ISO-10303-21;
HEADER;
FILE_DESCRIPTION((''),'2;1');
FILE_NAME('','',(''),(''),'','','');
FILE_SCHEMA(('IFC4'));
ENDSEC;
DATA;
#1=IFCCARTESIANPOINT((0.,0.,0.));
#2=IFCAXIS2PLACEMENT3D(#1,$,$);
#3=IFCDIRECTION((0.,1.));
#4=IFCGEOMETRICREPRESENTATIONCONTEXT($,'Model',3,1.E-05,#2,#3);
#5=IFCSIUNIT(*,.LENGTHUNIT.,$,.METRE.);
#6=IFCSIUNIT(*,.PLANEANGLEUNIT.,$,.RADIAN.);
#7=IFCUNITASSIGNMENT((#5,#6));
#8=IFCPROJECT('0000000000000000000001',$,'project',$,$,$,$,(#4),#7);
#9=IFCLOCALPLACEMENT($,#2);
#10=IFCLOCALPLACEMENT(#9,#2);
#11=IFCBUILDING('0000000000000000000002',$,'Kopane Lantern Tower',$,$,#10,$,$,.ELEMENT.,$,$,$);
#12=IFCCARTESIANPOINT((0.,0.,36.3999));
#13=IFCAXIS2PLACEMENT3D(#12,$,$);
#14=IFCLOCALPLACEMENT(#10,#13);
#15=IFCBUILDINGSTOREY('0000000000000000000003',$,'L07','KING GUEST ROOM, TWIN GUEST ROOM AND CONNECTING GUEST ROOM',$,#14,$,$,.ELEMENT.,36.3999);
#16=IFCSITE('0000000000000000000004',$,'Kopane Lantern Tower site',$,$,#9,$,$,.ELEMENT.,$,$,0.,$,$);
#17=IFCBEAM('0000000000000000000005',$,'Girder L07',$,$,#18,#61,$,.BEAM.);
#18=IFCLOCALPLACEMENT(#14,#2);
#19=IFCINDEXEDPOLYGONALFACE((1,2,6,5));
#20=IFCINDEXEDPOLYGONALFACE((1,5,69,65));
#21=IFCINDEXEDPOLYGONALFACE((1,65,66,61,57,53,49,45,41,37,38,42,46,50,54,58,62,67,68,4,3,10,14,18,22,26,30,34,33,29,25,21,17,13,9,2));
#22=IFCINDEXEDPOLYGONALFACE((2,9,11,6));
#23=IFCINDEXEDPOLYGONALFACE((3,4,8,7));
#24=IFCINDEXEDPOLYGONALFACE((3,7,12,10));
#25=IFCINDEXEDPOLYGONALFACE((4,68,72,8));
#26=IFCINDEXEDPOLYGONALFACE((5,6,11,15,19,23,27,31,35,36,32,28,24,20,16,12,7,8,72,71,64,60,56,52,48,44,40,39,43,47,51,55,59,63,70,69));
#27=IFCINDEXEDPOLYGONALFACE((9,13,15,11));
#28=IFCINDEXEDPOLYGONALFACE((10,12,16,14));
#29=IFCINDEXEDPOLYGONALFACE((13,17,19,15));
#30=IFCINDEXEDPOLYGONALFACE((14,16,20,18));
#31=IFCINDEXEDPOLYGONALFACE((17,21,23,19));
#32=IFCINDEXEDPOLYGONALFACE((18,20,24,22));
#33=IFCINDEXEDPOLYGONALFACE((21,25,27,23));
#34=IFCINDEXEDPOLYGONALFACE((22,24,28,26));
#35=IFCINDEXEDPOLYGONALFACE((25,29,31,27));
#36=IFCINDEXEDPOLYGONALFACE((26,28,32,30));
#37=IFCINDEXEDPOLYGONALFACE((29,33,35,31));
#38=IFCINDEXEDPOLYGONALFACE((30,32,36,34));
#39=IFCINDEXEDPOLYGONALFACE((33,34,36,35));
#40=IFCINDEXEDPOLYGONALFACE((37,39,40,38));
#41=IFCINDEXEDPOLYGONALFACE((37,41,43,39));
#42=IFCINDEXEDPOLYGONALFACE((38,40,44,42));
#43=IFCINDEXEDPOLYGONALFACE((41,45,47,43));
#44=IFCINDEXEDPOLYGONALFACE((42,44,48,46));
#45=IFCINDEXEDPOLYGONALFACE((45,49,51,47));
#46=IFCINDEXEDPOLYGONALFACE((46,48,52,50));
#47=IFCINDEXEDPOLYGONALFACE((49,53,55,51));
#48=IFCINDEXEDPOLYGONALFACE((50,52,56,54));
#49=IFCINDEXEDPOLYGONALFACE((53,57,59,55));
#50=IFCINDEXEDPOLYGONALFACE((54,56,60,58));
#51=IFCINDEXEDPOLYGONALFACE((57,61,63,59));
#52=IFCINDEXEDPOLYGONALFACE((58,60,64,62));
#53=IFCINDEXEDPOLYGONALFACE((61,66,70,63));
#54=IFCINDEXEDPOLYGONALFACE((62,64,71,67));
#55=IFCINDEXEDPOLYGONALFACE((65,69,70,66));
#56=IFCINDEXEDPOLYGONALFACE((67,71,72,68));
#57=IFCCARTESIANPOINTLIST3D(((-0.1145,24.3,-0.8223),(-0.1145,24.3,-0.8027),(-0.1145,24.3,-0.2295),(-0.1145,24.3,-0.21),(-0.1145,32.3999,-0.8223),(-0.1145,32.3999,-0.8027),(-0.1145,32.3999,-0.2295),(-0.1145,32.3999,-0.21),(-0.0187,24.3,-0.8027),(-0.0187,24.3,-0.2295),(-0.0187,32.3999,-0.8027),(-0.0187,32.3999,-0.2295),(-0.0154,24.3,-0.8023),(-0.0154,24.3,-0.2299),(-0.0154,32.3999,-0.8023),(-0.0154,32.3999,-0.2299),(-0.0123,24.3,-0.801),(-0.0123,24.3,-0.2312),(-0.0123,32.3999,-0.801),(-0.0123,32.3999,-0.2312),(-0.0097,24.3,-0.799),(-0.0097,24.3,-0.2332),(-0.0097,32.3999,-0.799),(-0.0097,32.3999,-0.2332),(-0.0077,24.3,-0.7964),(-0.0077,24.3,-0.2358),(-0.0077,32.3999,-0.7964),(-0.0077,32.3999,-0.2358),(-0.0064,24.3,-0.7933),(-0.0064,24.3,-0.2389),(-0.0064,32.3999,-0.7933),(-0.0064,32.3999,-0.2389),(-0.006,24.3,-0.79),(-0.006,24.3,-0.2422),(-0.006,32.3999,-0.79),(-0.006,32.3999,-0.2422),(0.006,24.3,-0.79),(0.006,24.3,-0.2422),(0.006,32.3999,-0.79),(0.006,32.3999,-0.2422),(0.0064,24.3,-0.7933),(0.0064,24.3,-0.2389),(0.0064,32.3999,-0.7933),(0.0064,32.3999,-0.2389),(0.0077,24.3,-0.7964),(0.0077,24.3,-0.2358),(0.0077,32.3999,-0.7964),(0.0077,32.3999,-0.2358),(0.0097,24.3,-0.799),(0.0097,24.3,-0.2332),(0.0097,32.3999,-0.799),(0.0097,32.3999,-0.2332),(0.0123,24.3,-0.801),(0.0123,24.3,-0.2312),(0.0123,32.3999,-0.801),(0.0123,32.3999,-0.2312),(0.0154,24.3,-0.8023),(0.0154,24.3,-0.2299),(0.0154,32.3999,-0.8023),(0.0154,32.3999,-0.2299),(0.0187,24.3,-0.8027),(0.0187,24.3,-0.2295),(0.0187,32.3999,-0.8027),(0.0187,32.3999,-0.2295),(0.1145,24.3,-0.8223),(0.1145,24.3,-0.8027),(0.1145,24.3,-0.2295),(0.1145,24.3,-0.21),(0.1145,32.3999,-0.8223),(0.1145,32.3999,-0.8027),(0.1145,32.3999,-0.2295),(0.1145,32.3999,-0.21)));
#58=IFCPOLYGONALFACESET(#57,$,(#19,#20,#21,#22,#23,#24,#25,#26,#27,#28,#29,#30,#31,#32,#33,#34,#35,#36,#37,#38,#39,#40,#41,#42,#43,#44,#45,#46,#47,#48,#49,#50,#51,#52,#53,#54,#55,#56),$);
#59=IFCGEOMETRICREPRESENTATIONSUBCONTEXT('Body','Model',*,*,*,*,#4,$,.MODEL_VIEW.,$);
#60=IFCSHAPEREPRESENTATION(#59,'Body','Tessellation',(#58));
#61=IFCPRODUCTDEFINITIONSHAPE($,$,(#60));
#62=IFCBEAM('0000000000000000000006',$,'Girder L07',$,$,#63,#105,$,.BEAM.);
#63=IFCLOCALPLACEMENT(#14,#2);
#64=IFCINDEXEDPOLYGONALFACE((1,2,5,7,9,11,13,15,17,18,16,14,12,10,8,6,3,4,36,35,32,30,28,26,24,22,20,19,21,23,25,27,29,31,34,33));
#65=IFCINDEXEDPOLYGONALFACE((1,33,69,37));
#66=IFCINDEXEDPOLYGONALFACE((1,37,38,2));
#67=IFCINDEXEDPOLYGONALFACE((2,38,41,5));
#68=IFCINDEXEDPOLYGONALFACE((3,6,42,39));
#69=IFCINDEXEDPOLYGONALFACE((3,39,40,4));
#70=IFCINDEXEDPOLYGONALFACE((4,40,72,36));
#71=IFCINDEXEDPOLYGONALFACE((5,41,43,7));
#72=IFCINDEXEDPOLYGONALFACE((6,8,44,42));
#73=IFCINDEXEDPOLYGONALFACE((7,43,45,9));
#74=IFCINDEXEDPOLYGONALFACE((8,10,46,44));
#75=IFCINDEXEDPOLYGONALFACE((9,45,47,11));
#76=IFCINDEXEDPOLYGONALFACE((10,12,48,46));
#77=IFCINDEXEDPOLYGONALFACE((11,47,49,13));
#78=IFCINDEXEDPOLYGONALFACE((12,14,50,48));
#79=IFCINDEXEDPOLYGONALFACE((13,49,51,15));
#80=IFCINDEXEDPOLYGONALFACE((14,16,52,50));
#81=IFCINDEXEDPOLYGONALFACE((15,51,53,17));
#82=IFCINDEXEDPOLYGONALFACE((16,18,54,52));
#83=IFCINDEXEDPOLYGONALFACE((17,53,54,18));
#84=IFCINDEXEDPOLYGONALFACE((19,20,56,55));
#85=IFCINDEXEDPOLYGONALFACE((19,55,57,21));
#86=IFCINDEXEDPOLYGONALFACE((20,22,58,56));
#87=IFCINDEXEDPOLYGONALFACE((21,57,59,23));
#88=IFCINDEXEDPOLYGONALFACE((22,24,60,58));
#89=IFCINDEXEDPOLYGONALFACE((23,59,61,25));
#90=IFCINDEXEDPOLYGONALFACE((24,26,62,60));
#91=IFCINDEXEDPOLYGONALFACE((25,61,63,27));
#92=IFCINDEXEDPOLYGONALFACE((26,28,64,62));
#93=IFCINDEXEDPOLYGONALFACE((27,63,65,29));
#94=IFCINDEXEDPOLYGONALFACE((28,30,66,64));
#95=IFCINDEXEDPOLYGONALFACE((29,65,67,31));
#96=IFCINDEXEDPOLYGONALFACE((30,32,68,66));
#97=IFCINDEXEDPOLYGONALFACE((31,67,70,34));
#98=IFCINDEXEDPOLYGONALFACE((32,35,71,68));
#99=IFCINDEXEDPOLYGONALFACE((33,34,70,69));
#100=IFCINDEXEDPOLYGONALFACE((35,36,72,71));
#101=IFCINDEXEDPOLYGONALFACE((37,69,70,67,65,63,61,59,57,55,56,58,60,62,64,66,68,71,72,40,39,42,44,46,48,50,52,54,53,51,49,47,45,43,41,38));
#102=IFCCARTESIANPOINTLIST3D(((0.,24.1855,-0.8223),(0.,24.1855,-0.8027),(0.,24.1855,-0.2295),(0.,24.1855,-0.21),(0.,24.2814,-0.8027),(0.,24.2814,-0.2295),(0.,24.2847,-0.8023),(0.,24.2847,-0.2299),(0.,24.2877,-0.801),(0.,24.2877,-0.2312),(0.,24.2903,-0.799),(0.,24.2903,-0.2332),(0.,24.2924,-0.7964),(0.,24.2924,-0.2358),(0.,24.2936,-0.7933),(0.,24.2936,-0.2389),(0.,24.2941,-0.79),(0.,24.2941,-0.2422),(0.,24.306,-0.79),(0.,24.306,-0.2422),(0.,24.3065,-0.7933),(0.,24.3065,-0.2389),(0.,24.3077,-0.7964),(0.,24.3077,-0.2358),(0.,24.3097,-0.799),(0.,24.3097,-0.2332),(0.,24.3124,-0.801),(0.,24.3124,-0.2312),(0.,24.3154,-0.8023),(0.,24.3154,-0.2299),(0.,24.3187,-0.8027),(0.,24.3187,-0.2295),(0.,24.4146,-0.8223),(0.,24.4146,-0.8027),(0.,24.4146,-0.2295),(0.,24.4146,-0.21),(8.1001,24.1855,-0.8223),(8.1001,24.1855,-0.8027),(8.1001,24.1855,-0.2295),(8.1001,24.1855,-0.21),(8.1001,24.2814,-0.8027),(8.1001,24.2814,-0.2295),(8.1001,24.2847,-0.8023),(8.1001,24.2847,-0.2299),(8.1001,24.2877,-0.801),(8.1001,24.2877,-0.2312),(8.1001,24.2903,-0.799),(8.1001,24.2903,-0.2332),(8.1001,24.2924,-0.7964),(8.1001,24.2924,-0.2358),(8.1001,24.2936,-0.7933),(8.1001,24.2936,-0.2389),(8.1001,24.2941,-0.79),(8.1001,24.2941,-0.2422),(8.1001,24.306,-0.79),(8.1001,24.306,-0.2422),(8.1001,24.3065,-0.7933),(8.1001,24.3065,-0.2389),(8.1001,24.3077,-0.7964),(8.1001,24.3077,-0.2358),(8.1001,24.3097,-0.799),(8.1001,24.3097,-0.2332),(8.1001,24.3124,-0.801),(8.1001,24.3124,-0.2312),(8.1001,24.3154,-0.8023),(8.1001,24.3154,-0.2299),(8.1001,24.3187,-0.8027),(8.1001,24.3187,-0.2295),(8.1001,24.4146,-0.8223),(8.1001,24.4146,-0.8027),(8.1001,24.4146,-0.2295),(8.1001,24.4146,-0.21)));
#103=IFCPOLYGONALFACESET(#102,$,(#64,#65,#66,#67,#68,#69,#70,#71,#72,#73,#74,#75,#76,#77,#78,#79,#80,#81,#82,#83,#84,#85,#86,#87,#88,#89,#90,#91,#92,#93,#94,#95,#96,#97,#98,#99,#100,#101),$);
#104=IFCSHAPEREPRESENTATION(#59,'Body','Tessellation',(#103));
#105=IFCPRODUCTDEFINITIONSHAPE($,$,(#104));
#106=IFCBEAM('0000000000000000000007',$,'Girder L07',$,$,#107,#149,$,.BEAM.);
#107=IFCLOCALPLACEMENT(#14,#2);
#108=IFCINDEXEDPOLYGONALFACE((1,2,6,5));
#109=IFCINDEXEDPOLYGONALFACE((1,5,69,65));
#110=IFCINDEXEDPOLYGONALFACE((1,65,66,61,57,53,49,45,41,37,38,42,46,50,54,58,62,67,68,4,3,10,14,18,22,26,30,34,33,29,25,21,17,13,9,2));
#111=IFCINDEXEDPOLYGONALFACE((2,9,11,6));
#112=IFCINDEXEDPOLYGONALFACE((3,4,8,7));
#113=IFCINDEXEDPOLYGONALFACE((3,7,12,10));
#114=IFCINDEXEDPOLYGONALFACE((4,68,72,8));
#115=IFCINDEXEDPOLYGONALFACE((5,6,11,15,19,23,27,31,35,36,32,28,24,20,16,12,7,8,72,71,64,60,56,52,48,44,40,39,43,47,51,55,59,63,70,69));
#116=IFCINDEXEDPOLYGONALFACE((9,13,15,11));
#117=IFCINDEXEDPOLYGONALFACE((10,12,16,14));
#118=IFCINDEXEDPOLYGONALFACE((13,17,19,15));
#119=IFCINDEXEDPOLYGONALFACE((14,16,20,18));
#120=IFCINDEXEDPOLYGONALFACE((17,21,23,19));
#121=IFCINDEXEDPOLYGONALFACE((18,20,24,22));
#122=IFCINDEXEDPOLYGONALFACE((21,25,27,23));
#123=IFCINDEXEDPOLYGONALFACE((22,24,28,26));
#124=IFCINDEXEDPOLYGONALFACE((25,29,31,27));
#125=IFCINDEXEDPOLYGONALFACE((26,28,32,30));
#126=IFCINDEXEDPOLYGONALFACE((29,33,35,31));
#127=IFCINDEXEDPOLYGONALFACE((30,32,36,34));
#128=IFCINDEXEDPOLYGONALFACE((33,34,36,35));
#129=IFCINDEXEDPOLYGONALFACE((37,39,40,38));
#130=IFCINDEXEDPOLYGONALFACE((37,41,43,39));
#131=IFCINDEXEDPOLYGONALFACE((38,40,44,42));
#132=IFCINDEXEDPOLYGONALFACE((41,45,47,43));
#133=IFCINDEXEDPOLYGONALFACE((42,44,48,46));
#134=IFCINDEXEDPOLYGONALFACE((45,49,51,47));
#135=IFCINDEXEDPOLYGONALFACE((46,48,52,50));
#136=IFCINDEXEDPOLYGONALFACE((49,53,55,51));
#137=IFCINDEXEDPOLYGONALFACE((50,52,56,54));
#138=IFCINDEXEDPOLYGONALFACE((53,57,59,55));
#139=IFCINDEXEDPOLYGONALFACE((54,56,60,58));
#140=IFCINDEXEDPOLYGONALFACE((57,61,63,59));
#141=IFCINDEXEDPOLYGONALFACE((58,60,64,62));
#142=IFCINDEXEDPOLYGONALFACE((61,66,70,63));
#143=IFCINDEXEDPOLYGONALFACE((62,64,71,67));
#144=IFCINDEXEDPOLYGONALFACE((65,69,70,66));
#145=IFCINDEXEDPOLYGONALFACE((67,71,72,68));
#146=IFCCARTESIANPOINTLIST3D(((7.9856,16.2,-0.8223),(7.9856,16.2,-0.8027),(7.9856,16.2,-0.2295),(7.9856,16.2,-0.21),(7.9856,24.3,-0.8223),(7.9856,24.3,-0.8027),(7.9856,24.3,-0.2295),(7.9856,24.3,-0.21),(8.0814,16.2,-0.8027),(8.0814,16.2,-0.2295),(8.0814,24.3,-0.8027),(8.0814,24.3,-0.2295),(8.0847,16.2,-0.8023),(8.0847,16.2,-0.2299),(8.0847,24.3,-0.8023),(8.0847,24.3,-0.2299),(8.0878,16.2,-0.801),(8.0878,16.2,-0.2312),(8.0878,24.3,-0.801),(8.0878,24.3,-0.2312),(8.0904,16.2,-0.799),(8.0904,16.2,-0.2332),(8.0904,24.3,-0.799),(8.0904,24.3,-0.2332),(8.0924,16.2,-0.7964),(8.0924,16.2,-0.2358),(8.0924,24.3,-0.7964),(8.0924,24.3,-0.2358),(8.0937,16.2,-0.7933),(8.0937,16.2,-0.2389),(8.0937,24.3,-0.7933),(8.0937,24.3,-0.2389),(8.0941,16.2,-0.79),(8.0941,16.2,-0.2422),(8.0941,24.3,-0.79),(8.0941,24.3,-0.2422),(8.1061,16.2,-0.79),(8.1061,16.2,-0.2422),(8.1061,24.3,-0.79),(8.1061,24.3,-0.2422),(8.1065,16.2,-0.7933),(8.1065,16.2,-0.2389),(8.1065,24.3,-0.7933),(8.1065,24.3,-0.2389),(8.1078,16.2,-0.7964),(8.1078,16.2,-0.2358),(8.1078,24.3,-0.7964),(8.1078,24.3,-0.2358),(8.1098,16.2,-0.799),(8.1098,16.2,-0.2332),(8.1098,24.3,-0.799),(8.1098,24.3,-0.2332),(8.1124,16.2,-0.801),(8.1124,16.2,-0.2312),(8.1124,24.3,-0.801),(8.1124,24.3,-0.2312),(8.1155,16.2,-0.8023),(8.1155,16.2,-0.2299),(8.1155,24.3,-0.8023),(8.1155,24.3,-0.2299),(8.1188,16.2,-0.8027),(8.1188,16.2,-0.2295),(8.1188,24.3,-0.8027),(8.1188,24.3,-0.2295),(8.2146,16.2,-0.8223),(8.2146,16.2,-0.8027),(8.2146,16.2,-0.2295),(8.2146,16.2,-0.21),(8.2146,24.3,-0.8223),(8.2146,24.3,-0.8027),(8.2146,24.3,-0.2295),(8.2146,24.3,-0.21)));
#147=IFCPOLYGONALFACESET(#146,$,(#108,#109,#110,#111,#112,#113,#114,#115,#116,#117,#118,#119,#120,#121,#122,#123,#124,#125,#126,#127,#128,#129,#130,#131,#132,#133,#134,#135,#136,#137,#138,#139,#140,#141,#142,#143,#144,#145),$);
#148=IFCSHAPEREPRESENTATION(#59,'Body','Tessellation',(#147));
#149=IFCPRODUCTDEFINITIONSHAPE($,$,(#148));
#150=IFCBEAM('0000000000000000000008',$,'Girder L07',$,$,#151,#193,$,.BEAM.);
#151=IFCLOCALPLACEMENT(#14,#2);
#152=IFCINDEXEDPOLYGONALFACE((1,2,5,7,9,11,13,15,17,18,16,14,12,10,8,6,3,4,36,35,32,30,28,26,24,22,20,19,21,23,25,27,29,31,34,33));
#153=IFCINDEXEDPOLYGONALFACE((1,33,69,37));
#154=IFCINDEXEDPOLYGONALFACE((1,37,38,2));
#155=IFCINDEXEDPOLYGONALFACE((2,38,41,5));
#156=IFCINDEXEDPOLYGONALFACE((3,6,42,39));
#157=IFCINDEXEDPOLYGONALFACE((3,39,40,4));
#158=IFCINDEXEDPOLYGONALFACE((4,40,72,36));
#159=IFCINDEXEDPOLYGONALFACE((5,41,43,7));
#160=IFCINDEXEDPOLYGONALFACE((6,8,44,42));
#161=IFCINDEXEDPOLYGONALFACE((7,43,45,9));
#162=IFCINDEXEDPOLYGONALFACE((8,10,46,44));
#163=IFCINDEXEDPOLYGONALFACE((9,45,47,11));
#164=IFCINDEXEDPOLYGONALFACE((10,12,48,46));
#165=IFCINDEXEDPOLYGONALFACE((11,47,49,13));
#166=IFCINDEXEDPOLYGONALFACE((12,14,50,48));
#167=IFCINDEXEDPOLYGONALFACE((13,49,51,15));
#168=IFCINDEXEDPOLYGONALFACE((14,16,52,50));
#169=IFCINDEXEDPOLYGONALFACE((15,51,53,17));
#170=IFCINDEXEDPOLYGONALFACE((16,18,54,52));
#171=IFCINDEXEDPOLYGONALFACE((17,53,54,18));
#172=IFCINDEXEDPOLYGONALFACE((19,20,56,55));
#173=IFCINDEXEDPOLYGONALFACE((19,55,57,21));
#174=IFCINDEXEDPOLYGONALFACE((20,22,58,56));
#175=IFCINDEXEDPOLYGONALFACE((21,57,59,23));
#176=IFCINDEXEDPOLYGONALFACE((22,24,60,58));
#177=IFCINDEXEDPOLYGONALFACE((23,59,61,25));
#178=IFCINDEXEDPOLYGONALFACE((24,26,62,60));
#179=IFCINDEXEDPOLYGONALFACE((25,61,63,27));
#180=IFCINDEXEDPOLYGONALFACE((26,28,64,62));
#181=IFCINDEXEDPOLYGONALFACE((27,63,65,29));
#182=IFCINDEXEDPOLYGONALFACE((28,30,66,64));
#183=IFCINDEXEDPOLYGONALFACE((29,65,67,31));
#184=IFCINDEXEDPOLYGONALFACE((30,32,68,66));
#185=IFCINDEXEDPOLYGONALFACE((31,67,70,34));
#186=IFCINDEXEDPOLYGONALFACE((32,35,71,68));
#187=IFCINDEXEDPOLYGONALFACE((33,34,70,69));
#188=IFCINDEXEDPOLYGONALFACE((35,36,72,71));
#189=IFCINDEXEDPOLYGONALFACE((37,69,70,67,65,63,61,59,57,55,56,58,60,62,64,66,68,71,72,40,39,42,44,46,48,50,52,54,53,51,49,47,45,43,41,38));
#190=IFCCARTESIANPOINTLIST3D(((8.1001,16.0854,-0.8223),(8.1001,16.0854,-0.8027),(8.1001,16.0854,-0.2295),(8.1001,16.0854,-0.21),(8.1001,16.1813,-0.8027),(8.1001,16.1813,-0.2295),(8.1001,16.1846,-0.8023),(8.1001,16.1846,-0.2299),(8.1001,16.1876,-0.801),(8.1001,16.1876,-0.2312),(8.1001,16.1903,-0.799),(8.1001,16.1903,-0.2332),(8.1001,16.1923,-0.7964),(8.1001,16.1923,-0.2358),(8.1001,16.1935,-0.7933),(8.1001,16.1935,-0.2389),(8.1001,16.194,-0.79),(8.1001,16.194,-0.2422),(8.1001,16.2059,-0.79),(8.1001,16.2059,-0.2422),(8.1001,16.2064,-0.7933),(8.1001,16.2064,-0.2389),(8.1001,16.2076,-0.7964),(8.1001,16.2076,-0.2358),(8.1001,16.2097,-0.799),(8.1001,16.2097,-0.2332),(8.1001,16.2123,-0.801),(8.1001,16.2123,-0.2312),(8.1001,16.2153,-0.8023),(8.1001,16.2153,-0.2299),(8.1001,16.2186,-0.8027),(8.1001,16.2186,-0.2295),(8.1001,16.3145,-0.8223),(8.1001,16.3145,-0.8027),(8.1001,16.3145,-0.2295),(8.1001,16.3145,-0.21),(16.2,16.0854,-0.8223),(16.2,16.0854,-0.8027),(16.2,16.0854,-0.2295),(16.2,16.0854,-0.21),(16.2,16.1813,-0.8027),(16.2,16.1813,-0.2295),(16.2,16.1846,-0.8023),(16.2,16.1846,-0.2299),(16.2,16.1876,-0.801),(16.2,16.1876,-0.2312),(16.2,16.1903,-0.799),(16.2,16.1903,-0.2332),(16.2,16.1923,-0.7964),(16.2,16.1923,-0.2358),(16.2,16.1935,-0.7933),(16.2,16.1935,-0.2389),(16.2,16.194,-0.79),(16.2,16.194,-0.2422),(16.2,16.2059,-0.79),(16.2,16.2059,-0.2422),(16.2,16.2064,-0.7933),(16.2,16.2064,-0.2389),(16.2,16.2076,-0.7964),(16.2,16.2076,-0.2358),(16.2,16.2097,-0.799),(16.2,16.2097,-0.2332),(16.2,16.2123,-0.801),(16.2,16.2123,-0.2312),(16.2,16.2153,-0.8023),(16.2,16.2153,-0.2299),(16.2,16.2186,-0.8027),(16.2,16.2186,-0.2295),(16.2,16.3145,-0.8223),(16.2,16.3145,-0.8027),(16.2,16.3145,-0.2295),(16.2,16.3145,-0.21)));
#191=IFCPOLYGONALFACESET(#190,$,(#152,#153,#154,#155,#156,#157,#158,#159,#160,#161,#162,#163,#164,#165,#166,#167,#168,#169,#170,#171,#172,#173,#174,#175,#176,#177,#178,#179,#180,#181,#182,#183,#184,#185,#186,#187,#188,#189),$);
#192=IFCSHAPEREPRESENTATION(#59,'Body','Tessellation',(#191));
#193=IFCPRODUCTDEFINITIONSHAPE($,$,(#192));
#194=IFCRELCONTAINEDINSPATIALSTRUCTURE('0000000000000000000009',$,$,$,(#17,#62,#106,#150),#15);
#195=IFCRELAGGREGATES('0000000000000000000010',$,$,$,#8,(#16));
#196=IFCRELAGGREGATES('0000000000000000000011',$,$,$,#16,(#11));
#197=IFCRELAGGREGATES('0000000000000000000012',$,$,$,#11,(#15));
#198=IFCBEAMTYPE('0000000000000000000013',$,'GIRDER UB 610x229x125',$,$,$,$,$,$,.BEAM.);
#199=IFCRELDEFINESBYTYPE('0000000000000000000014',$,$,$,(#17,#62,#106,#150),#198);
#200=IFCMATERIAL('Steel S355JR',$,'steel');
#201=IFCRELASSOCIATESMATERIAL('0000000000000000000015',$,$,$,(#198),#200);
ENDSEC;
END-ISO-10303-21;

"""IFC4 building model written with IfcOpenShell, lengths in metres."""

from ifc_helpers import new_model, si_unit, direction, frame, origin, origin_2d, place, context, subcontext, project, spatial, i_section, extrude, material, material_profile, profile_set, type_object, element, save


model = new_model("IFC4")

# Units and contexts
model_context = context("Model", 3, precision=1e-05, world=origin(), true_north=direction((0.0, 1.0)))
body_context = subcontext(model_context, "Body", "Model", "MODEL_VIEW")
ifc_project = project(units=[si_unit("LENGTHUNIT", "METRE"), si_unit("PLANEANGLEUNIT", "RADIAN")], contexts=[model_context])

# Site, building, storey
site_placement = place(None, origin())
site = spatial("IfcSite", under=ifc_project, at=site_placement, Name="Kopane Lantern Tower site", CompositionType="ELEMENT", RefElevation=0.0)
building_placement = place(site_placement, origin())
building = spatial("IfcBuilding", under=site, at=building_placement, Name="Kopane Lantern Tower", CompositionType="ELEMENT")
storey_placement = place(building_placement, frame((0.0, 0.0, 36.3999)))
storey = spatial("IfcBuildingStorey", under=building, at=storey_placement, Name="L07", Description="KING GUEST ROOM, TWIN GUEST ROOM AND CONNECTING GUEST ROOM", CompositionType="ELEMENT", Elevation=36.3999)

# Beams
ifc_material_1 = material(Name="Steel S355JR", Category="steel")
ifc_material_profile_1 = material_profile(ifc_material_1, i_section(OverallWidth=0.229, OverallDepth=0.6123, WebThickness=0.012, FlangeThickness=0.0195, FilletRadius=0.0127, at=origin_2d()), Name="UB 610x229x125")
ifc_profile_set_1 = profile_set([ifc_material_profile_1], Name="Steel S355JR")
beam_type = type_object("IfcBeamType", Name="GIRDER UB 610x229x125", PredefinedType="BEAM", material=ifc_profile_set_1)
beam_placement = place(storey_placement, frame((0.0, 24.3, -0.5161), z_axis=(0.0, 1.0, 0.0), x_axis=(-1.0, 0.0, 0.0)))
element("IfcBeam", 1, at=beam_placement, inside=storey, type_object=beam_type, Name="Girder L07", PredefinedType="BEAM", context=body_context, shape_type="SweptSolid", body=[
    extrude(i_section(OverallWidth=0.229, OverallDepth=0.6123, WebThickness=0.012, FlangeThickness=0.0195, FilletRadius=0.0127, at=origin_2d()), origin(), (0.0, 0.0, 1.0), 8.0999),
])
for number, where, z_axis, x_axis, name in (
    (2, (0.0, 24.3, -0.5161), (1.0, 0.0, 0.0), (0.0, 1.0, 0.0), "Girder L07"),
    (3, (8.1001, 16.2, -0.5161), (0.0, 1.0, 0.0), (-1.0, 0.0, 0.0), "Girder L07"),
):
    element("IfcBeam", number, at=place(storey_placement, frame(where, z_axis=z_axis, x_axis=x_axis)), inside=storey, type_object=beam_type, Name=name, PredefinedType="BEAM", context=body_context, shape_type="SweptSolid", body=[
        extrude(i_section(OverallWidth=0.229, OverallDepth=0.6123, WebThickness=0.012, FlangeThickness=0.0195, FilletRadius=0.0127, at=origin_2d()), origin(), (0.0, 0.0, 1.0), 8.1001),
    ])
for number, where, z_axis, x_axis, name in (
    (4, (8.1001, 16.2, -0.5161), (1.0, 0.0, 0.0), (0.0, 1.0, 0.0), "Girder L07"),
):
    element("IfcBeam", number, at=place(storey_placement, frame(where, z_axis=z_axis, x_axis=x_axis)), inside=storey, type_object=beam_type, Name=name, PredefinedType="BEAM", context=body_context, shape_type="SweptSolid", body=[
        extrude(i_section(OverallWidth=0.229, OverallDepth=0.6123, WebThickness=0.012, FlangeThickness=0.0195, FilletRadius=0.0127, at=origin_2d()), origin(), (0.0, 0.0, 1.0), 8.0999),
    ])

save(model, "model.ifc")
